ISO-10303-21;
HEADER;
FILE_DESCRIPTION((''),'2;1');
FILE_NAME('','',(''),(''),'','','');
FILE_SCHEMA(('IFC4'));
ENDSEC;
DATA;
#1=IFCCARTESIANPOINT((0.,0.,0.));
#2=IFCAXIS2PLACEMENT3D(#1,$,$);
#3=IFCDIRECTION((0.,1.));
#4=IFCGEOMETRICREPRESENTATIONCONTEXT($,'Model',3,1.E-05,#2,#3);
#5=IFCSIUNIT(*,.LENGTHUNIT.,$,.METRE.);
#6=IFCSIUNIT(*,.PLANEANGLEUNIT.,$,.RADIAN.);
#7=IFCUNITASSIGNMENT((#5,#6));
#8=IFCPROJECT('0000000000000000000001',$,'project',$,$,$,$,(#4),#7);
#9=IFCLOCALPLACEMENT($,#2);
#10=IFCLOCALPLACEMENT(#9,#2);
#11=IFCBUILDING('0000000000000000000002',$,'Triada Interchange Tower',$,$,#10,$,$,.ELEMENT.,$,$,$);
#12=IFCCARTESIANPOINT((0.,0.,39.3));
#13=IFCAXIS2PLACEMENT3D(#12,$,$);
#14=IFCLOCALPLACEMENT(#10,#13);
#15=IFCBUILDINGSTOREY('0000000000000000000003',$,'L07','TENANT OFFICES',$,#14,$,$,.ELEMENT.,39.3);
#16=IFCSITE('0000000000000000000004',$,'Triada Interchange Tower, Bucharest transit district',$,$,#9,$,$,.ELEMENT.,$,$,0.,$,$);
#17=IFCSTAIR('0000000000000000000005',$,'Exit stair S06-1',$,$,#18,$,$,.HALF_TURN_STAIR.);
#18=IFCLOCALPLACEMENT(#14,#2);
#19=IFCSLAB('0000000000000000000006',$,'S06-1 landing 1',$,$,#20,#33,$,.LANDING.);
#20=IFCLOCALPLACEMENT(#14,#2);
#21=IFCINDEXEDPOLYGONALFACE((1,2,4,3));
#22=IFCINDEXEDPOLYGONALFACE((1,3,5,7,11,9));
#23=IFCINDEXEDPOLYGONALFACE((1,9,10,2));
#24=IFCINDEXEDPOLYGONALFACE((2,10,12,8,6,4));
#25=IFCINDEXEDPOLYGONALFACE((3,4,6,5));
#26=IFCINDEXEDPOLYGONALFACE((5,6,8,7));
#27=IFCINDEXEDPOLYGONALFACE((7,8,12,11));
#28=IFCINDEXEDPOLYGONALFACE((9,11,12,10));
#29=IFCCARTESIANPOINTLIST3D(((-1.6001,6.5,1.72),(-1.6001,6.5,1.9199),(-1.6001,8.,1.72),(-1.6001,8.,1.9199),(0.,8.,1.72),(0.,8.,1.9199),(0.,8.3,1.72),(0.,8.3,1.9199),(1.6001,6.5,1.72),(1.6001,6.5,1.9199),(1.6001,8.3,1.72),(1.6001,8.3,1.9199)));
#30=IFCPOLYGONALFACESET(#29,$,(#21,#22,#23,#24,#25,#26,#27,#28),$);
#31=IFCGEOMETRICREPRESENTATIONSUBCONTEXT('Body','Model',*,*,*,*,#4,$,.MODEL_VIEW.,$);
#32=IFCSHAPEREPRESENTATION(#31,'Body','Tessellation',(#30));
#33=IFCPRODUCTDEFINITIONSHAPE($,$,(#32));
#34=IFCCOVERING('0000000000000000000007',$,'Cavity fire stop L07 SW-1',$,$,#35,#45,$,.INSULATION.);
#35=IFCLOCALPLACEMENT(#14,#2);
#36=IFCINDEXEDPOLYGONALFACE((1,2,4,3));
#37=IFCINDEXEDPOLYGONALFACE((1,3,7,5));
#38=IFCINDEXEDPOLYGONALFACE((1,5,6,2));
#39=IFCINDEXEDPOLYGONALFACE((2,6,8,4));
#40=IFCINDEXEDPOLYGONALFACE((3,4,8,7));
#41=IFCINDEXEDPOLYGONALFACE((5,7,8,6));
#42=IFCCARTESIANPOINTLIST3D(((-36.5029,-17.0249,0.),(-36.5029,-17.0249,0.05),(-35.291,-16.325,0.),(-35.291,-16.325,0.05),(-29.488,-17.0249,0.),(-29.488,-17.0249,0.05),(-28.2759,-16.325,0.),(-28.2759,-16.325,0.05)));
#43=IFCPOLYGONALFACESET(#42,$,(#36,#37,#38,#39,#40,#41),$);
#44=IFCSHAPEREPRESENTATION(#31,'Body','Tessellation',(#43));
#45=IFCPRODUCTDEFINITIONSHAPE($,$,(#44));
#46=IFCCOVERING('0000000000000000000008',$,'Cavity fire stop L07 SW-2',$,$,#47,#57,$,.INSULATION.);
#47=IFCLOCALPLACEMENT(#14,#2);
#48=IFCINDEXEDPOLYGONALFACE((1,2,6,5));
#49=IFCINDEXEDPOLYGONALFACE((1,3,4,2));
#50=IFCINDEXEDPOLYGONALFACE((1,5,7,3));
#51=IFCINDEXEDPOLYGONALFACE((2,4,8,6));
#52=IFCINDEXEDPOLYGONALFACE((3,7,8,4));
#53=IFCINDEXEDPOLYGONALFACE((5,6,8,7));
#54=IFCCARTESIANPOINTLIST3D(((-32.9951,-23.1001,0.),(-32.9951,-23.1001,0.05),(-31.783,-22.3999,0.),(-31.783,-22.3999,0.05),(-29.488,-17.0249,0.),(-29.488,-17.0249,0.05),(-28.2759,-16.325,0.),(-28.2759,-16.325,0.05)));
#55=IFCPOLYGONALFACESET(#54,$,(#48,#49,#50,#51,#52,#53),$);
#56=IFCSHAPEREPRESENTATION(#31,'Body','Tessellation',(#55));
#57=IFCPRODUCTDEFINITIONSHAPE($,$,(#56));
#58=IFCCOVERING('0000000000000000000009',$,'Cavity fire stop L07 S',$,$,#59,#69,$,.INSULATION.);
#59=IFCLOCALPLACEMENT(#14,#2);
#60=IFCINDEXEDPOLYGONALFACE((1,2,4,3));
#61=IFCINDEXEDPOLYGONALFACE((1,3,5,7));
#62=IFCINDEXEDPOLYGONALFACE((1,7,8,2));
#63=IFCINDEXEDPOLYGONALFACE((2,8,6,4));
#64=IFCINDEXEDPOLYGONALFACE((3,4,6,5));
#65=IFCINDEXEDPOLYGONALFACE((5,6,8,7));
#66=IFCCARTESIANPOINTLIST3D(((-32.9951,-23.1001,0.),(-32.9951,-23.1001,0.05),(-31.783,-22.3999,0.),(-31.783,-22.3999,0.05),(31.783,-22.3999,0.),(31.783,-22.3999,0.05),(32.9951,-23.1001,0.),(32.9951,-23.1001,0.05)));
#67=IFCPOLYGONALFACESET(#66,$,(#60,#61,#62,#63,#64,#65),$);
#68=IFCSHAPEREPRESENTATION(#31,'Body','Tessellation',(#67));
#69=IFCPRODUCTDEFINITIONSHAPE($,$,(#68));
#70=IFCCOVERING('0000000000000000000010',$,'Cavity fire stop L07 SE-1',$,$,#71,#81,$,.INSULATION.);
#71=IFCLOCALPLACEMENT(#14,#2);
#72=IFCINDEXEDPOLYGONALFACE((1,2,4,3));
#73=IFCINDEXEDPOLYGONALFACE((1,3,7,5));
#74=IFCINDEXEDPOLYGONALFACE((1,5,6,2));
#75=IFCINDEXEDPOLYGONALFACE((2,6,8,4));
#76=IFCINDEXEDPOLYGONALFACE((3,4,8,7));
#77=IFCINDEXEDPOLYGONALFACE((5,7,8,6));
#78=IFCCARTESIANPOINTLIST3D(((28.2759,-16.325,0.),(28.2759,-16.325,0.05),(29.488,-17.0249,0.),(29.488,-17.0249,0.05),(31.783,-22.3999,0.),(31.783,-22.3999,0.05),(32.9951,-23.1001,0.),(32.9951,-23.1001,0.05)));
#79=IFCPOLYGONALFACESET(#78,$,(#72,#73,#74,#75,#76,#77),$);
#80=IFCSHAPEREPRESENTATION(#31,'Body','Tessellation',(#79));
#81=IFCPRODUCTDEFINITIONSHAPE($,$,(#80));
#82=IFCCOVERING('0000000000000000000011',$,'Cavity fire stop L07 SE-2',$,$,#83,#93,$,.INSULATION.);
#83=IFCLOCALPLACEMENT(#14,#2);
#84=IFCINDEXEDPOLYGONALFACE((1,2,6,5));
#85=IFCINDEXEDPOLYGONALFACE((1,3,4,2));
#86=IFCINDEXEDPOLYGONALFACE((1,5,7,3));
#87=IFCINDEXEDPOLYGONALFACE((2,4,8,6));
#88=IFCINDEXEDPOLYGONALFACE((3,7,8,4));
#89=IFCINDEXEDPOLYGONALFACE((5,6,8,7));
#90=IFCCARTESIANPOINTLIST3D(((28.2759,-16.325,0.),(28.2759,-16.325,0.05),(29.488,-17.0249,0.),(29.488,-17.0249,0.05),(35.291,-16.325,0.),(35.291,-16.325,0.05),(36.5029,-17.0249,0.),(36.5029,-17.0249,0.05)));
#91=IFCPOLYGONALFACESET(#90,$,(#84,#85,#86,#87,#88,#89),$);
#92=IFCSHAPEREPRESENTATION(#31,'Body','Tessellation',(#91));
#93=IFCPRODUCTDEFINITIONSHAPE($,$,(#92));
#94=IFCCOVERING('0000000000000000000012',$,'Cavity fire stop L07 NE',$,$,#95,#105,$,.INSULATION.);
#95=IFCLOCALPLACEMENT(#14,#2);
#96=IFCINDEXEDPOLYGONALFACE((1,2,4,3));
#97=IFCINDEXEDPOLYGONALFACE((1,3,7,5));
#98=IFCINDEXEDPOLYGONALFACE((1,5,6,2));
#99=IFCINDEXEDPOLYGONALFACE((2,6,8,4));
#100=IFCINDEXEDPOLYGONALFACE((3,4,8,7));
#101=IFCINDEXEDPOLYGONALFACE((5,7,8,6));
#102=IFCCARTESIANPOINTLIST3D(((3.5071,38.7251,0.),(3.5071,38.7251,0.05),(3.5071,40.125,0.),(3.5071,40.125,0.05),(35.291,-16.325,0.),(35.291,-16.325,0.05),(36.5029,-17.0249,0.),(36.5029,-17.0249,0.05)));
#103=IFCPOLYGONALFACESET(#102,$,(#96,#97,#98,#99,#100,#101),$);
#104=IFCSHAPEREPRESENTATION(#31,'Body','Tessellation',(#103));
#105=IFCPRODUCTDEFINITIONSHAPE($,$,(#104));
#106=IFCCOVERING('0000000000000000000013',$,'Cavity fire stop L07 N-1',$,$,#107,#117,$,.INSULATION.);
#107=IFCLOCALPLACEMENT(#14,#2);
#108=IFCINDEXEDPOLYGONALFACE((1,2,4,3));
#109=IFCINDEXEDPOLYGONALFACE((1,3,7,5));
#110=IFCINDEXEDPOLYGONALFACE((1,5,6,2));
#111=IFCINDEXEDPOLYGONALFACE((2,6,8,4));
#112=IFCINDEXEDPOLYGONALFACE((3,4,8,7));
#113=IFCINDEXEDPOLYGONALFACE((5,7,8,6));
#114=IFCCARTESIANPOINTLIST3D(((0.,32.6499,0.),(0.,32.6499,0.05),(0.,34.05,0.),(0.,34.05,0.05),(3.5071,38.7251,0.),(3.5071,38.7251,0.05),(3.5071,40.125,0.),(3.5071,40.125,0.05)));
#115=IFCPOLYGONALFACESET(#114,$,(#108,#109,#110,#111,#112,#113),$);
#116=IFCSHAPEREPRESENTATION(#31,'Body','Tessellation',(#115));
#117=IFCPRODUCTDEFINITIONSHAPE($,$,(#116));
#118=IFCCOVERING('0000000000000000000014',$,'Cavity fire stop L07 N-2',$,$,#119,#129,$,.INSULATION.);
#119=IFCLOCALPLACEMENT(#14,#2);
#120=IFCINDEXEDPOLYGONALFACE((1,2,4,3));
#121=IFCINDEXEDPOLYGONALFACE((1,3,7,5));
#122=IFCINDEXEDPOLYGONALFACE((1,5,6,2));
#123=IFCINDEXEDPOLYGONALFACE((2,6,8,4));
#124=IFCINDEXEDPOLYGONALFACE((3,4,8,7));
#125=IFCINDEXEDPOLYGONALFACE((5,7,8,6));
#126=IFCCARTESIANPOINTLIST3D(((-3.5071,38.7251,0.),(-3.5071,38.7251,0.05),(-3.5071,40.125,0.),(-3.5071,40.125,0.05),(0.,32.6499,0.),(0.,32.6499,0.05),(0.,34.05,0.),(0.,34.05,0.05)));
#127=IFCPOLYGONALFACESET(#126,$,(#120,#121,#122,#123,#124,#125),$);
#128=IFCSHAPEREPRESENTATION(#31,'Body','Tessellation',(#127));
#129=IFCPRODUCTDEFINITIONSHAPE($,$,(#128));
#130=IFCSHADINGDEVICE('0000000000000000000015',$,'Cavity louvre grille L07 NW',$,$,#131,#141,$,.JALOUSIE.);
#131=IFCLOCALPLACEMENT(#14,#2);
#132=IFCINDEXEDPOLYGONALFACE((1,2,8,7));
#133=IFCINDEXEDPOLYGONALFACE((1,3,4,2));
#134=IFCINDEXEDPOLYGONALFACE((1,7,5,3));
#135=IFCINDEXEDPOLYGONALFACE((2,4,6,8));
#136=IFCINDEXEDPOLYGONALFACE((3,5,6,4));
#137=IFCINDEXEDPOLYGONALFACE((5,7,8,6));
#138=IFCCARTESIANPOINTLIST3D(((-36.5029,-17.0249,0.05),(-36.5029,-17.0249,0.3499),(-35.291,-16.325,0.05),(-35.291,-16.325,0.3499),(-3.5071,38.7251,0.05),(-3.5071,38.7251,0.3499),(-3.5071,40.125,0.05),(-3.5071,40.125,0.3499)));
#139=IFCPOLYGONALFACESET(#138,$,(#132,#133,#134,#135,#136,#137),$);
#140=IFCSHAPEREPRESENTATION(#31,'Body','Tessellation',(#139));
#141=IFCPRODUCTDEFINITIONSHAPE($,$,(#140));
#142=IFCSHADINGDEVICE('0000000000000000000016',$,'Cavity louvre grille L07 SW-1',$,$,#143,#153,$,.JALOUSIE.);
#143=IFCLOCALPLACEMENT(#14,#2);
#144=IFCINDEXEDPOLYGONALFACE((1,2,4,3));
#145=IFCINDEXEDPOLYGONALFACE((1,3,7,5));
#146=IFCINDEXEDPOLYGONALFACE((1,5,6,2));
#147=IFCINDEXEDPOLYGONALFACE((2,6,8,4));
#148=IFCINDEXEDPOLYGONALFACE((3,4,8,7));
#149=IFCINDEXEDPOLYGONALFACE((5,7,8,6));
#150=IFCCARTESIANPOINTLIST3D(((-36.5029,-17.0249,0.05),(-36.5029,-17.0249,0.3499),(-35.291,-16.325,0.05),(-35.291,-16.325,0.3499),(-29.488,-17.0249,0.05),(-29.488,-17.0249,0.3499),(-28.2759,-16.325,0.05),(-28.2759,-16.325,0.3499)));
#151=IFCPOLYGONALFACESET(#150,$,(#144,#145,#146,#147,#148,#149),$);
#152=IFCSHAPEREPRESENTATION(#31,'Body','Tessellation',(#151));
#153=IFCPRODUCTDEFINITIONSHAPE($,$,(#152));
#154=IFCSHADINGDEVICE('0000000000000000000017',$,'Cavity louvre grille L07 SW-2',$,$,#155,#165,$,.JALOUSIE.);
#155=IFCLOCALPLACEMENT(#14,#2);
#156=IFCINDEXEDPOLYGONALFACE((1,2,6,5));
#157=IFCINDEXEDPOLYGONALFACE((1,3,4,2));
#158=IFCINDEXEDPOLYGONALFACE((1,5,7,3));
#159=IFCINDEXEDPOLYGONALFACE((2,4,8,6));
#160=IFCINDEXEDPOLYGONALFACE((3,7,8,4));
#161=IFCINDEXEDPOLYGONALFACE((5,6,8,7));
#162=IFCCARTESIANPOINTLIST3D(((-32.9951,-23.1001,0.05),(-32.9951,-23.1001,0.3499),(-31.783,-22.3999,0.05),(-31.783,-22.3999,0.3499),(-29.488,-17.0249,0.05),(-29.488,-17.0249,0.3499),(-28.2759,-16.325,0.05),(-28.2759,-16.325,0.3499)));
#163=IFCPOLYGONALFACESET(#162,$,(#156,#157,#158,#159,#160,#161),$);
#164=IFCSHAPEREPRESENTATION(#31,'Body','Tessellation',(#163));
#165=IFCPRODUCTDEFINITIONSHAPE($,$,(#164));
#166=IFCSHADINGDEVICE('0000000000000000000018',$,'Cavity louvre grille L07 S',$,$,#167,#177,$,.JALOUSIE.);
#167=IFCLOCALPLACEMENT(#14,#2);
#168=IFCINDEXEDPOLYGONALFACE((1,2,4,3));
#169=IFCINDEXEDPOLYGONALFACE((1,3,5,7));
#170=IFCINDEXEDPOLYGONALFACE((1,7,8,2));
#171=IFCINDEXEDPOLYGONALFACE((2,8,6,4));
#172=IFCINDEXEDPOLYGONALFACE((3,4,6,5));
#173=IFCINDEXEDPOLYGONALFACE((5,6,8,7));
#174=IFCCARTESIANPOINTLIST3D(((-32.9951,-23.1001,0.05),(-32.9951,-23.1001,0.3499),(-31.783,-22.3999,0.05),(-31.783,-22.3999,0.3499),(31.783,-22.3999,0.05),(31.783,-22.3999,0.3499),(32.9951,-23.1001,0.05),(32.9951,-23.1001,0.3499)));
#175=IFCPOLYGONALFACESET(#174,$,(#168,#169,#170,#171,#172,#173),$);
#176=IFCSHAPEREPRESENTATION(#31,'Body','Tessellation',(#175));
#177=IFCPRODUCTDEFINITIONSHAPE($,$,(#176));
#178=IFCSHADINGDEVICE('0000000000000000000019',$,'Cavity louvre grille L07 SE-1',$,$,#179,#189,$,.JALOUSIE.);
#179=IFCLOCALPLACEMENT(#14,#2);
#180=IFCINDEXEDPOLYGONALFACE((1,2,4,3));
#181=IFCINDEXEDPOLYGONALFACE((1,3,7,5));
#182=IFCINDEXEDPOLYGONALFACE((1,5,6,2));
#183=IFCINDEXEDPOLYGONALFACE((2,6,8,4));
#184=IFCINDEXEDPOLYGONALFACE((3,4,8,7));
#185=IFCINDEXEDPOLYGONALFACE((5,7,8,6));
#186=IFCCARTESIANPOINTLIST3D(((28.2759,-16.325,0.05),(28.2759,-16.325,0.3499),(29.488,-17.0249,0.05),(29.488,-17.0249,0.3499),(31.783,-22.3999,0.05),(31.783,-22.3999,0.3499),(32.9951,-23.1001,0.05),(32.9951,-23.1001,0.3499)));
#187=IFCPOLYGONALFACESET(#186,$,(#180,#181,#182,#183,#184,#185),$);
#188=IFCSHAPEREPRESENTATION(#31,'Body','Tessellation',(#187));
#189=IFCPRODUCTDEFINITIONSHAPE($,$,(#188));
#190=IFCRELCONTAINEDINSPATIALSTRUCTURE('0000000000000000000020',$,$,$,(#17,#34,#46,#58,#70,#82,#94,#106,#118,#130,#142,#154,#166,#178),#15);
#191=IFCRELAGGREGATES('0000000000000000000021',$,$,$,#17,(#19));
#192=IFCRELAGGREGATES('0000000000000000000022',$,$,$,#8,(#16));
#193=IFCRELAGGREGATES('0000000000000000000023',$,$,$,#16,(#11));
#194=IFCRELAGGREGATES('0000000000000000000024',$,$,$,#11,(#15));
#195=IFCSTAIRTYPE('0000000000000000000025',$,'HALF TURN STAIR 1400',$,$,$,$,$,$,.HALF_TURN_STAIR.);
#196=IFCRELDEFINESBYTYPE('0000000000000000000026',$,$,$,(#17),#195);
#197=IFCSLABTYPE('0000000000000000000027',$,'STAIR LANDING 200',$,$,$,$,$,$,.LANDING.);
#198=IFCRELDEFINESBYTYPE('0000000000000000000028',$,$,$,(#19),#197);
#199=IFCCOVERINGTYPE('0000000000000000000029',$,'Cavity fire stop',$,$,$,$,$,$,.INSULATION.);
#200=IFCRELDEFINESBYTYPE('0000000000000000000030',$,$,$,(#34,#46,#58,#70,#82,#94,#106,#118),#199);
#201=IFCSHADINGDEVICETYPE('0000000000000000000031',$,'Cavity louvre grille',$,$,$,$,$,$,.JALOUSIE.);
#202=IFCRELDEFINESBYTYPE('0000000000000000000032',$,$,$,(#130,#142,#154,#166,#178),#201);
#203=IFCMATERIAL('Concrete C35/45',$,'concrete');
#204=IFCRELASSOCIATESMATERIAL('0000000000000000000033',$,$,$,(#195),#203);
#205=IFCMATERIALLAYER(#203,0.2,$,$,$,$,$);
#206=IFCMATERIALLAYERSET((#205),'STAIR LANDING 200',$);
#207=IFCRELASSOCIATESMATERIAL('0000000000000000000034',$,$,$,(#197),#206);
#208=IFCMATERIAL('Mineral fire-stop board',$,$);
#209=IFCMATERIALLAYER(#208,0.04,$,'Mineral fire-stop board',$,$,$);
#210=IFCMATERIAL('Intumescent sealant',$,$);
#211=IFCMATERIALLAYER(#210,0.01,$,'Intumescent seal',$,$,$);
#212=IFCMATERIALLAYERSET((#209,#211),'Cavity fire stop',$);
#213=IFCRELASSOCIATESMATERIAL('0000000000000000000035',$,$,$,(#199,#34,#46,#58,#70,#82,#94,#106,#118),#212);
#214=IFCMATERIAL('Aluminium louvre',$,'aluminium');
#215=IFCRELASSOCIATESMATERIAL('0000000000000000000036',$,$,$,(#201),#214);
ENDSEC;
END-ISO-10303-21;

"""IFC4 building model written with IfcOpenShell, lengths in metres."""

from ifc_helpers import new_model, si_unit, direction, frame, origin, place, context, subcontext, project, spatial, polyline, outline, extrude, material, layer, layer_set, layer_usage, type_object, element, aggregate, save


model = new_model("IFC4")

# Units and contexts
model_context = context("Model", 3, precision=1e-05, world=origin(), true_north=direction((0.0, 1.0)))
body_context = subcontext(model_context, "Body", "Model", "MODEL_VIEW")
ifc_project = project(units=[si_unit("LENGTHUNIT", "METRE"), si_unit("PLANEANGLEUNIT", "RADIAN")], contexts=[model_context])

# Site, building, storey
site_placement = place(None, origin())
site = spatial("IfcSite", under=ifc_project, at=site_placement, Name="Triada Interchange Tower, Bucharest transit district", CompositionType="ELEMENT", RefElevation=0.0)
building_placement = place(site_placement, origin())
building = spatial("IfcBuilding", under=site, at=building_placement, Name="Triada Interchange Tower", CompositionType="ELEMENT")
storey_placement = place(building_placement, frame((0.0, 0.0, 39.3)))
storey = spatial("IfcBuildingStorey", under=building, at=storey_placement, Name="L07", Description="TENANT OFFICES", CompositionType="ELEMENT", Elevation=39.3)

# Stair, slab
ifc_material_1 = material(Name="Concrete C35/45", Category="concrete")
stair_type = type_object("IfcStairType", Name="HALF TURN STAIR 1400", PredefinedType="HALF_TURN_STAIR", material=ifc_material_1)
stair_placement = place(storey_placement, origin())
stair = element("IfcStair", 1, at=stair_placement, inside=storey, type_object=stair_type, Name="Exit stair S06-1", PredefinedType="HALF_TURN_STAIR")
ifc_layer_1 = layer(ifc_material_1, 0.2)
ifc_layer_set_1 = layer_set([ifc_layer_1], Name="STAIR LANDING 200")
slab_type = type_object("IfcSlabType", Name="STAIR LANDING 200", PredefinedType="LANDING", material=ifc_layer_set_1)
slab_placement = place(storey_placement, frame((0.0, 0.0, 1.72)))
slab = element("IfcSlab", 2, at=slab_placement, type_object=slab_type, Name="S06-1 landing 1", PredefinedType="LANDING", context=body_context, shape_type="SweptSolid", body=[
    extrude(outline(polyline([(1.6001, 6.5), (1.6001, 8.3), (0.0, 8.3), (0.0, 8.0), (-1.6001, 8.0), (-1.6001, 6.5), (1.6001, 6.5)])), origin(), (0.0, 0.0, 1.0), 0.2),
])
aggregate(stair, [slab])

# Coverings
ifc_material_2 = material(Name="Mineral fire-stop board")
ifc_layer_2 = layer(ifc_material_2, 0.04, Name="Mineral fire-stop board")
ifc_material_3 = material(Name="Intumescent sealant")
ifc_layer_3 = layer(ifc_material_3, 0.01, Name="Intumescent seal")
ifc_layer_set_2 = layer_set([ifc_layer_2, ifc_layer_3], Name="Cavity fire stop")
ifc_layer_usage = layer_usage(ifc_layer_set_2, "AXIS3", "POSITIVE", 0.0)
covering_type = type_object("IfcCoveringType", Name="Cavity fire stop", PredefinedType="INSULATION", material=ifc_layer_set_2)
covering_1_placement = place(storey_placement, origin())
element("IfcCovering", 3, at=covering_1_placement, inside=storey, type_object=covering_type, material=ifc_layer_usage, Name="Cavity fire stop L07 SW-1", PredefinedType="INSULATION", context=body_context, shape_type="SweptSolid", body=[
    extrude(outline(polyline([(-35.291, -16.325), (-36.5029, -17.0249), (-29.488, -17.0249), (-28.2759, -16.325), (-35.291, -16.325)])), origin(), (0.0, 0.0, 1.0), 0.05),
])
covering_2_placement = place(storey_placement, origin())
element("IfcCovering", 4, at=covering_2_placement, inside=storey, type_object=covering_type, material=ifc_layer_usage, Name="Cavity fire stop L07 SW-2", PredefinedType="INSULATION", context=body_context, shape_type="SweptSolid", body=[
    extrude(outline(polyline([(-28.2759, -16.325), (-29.488, -17.0249), (-32.9951, -23.1001), (-31.783, -22.3999), (-28.2759, -16.325)])), origin(), (0.0, 0.0, 1.0), 0.05),
])
covering_3_placement = place(storey_placement, origin())
element("IfcCovering", 5, at=covering_3_placement, inside=storey, type_object=covering_type, material=ifc_layer_usage, Name="Cavity fire stop L07 S", PredefinedType="INSULATION", context=body_context, shape_type="SweptSolid", body=[
    extrude(outline(polyline([(-31.783, -22.3999), (-32.9951, -23.1001), (32.9951, -23.1001), (31.783, -22.3999), (-31.783, -22.3999)])), origin(), (0.0, 0.0, 1.0), 0.05),
])
covering_4_placement = place(storey_placement, origin())
element("IfcCovering", 6, at=covering_4_placement, inside=storey, type_object=covering_type, material=ifc_layer_usage, Name="Cavity fire stop L07 SE-1", PredefinedType="INSULATION", context=body_context, shape_type="SweptSolid", body=[
    extrude(outline(polyline([(31.783, -22.3999), (32.9951, -23.1001), (29.488, -17.0249), (28.2759, -16.325), (31.783, -22.3999)])), origin(), (0.0, 0.0, 1.0), 0.05),
])
covering_5_placement = place(storey_placement, origin())
element("IfcCovering", 7, at=covering_5_placement, inside=storey, type_object=covering_type, material=ifc_layer_usage, Name="Cavity fire stop L07 SE-2", PredefinedType="INSULATION", context=body_context, shape_type="SweptSolid", body=[
    extrude(outline(polyline([(28.2759, -16.325), (29.488, -17.0249), (36.5029, -17.0249), (35.291, -16.325), (28.2759, -16.325)])), origin(), (0.0, 0.0, 1.0), 0.05),
])
covering_6_placement = place(storey_placement, origin())
element("IfcCovering", 8, at=covering_6_placement, inside=storey, type_object=covering_type, material=ifc_layer_usage, Name="Cavity fire stop L07 NE", PredefinedType="INSULATION", context=body_context, shape_type="SweptSolid", body=[
    extrude(outline(polyline([(35.291, -16.325), (36.5029, -17.0249), (3.5071, 40.125), (3.5071, 38.7251), (35.291, -16.325)])), origin(), (0.0, 0.0, 1.0), 0.05),
])
covering_7_placement = place(storey_placement, origin())
element("IfcCovering", 9, at=covering_7_placement, inside=storey, type_object=covering_type, material=ifc_layer_usage, Name="Cavity fire stop L07 N-1", PredefinedType="INSULATION", context=body_context, shape_type="SweptSolid", body=[
    extrude(outline(polyline([(3.5071, 38.7251), (3.5071, 40.125), (0.0, 34.05), (0.0, 32.6499), (3.5071, 38.7251)])), origin(), (0.0, 0.0, 1.0), 0.05),
])
covering_8_placement = place(storey_placement, origin())
element("IfcCovering", 10, at=covering_8_placement, inside=storey, type_object=covering_type, material=ifc_layer_usage, Name="Cavity fire stop L07 N-2", PredefinedType="INSULATION", context=body_context, shape_type="SweptSolid", body=[
    extrude(outline(polyline([(0.0, 32.6499), (0.0, 34.05), (-3.5071, 40.125), (-3.5071, 38.7251), (0.0, 32.6499)])), origin(), (0.0, 0.0, 1.0), 0.05),
])

# Shading devices
ifc_material_4 = material(Name="Aluminium louvre", Category="aluminium")
shading_device_type = type_object("IfcShadingDeviceType", Name="Cavity louvre grille", PredefinedType="JALOUSIE", material=ifc_material_4)
shading_device_1_placement = place(storey_placement, frame((0.0, 0.0, 0.05)))
element("IfcShadingDevice", 11, at=shading_device_1_placement, inside=storey, type_object=shading_device_type, Name="Cavity louvre grille L07 NW", PredefinedType="JALOUSIE", context=body_context, shape_type="SweptSolid", body=[
    extrude(outline(polyline([(-3.5071, 38.7251), (-3.5071, 40.125), (-36.5029, -17.0249), (-35.291, -16.325), (-3.5071, 38.7251)])), origin(), (0.0, 0.0, 1.0), 0.2998),
])
shading_device_2_placement = place(storey_placement, frame((0.0, 0.0, 0.05)))
element("IfcShadingDevice", 12, at=shading_device_2_placement, inside=storey, type_object=shading_device_type, Name="Cavity louvre grille L07 SW-1", PredefinedType="JALOUSIE", context=body_context, shape_type="SweptSolid", body=[
    extrude(outline(polyline([(-35.291, -16.325), (-36.5029, -17.0249), (-29.488, -17.0249), (-28.2759, -16.325), (-35.291, -16.325)])), origin(), (0.0, 0.0, 1.0), 0.2998),
])
shading_device_3_placement = place(storey_placement, frame((0.0, 0.0, 0.05)))
element("IfcShadingDevice", 13, at=shading_device_3_placement, inside=storey, type_object=shading_device_type, Name="Cavity louvre grille L07 SW-2", PredefinedType="JALOUSIE", context=body_context, shape_type="SweptSolid", body=[
    extrude(outline(polyline([(-28.2759, -16.325), (-29.488, -17.0249), (-32.9951, -23.1001), (-31.783, -22.3999), (-28.2759, -16.325)])), origin(), (0.0, 0.0, 1.0), 0.2998),
])
shading_device_4_placement = place(storey_placement, frame((0.0, 0.0, 0.05)))
element("IfcShadingDevice", 14, at=shading_device_4_placement, inside=storey, type_object=shading_device_type, Name="Cavity louvre grille L07 S", PredefinedType="JALOUSIE", context=body_context, shape_type="SweptSolid", body=[
    extrude(outline(polyline([(-31.783, -22.3999), (-32.9951, -23.1001), (32.9951, -23.1001), (31.783, -22.3999), (-31.783, -22.3999)])), origin(), (0.0, 0.0, 1.0), 0.2998),
])
shading_device_5_placement = place(storey_placement, frame((0.0, 0.0, 0.05)))
element("IfcShadingDevice", 15, at=shading_device_5_placement, inside=storey, type_object=shading_device_type, Name="Cavity louvre grille L07 SE-1", PredefinedType="JALOUSIE", context=body_context, shape_type="SweptSolid", body=[
    extrude(outline(polyline([(31.783, -22.3999), (32.9951, -23.1001), (29.488, -17.0249), (28.2759, -16.325), (31.783, -22.3999)])), origin(), (0.0, 0.0, 1.0), 0.2998),
])

save(model, "model.ifc")
